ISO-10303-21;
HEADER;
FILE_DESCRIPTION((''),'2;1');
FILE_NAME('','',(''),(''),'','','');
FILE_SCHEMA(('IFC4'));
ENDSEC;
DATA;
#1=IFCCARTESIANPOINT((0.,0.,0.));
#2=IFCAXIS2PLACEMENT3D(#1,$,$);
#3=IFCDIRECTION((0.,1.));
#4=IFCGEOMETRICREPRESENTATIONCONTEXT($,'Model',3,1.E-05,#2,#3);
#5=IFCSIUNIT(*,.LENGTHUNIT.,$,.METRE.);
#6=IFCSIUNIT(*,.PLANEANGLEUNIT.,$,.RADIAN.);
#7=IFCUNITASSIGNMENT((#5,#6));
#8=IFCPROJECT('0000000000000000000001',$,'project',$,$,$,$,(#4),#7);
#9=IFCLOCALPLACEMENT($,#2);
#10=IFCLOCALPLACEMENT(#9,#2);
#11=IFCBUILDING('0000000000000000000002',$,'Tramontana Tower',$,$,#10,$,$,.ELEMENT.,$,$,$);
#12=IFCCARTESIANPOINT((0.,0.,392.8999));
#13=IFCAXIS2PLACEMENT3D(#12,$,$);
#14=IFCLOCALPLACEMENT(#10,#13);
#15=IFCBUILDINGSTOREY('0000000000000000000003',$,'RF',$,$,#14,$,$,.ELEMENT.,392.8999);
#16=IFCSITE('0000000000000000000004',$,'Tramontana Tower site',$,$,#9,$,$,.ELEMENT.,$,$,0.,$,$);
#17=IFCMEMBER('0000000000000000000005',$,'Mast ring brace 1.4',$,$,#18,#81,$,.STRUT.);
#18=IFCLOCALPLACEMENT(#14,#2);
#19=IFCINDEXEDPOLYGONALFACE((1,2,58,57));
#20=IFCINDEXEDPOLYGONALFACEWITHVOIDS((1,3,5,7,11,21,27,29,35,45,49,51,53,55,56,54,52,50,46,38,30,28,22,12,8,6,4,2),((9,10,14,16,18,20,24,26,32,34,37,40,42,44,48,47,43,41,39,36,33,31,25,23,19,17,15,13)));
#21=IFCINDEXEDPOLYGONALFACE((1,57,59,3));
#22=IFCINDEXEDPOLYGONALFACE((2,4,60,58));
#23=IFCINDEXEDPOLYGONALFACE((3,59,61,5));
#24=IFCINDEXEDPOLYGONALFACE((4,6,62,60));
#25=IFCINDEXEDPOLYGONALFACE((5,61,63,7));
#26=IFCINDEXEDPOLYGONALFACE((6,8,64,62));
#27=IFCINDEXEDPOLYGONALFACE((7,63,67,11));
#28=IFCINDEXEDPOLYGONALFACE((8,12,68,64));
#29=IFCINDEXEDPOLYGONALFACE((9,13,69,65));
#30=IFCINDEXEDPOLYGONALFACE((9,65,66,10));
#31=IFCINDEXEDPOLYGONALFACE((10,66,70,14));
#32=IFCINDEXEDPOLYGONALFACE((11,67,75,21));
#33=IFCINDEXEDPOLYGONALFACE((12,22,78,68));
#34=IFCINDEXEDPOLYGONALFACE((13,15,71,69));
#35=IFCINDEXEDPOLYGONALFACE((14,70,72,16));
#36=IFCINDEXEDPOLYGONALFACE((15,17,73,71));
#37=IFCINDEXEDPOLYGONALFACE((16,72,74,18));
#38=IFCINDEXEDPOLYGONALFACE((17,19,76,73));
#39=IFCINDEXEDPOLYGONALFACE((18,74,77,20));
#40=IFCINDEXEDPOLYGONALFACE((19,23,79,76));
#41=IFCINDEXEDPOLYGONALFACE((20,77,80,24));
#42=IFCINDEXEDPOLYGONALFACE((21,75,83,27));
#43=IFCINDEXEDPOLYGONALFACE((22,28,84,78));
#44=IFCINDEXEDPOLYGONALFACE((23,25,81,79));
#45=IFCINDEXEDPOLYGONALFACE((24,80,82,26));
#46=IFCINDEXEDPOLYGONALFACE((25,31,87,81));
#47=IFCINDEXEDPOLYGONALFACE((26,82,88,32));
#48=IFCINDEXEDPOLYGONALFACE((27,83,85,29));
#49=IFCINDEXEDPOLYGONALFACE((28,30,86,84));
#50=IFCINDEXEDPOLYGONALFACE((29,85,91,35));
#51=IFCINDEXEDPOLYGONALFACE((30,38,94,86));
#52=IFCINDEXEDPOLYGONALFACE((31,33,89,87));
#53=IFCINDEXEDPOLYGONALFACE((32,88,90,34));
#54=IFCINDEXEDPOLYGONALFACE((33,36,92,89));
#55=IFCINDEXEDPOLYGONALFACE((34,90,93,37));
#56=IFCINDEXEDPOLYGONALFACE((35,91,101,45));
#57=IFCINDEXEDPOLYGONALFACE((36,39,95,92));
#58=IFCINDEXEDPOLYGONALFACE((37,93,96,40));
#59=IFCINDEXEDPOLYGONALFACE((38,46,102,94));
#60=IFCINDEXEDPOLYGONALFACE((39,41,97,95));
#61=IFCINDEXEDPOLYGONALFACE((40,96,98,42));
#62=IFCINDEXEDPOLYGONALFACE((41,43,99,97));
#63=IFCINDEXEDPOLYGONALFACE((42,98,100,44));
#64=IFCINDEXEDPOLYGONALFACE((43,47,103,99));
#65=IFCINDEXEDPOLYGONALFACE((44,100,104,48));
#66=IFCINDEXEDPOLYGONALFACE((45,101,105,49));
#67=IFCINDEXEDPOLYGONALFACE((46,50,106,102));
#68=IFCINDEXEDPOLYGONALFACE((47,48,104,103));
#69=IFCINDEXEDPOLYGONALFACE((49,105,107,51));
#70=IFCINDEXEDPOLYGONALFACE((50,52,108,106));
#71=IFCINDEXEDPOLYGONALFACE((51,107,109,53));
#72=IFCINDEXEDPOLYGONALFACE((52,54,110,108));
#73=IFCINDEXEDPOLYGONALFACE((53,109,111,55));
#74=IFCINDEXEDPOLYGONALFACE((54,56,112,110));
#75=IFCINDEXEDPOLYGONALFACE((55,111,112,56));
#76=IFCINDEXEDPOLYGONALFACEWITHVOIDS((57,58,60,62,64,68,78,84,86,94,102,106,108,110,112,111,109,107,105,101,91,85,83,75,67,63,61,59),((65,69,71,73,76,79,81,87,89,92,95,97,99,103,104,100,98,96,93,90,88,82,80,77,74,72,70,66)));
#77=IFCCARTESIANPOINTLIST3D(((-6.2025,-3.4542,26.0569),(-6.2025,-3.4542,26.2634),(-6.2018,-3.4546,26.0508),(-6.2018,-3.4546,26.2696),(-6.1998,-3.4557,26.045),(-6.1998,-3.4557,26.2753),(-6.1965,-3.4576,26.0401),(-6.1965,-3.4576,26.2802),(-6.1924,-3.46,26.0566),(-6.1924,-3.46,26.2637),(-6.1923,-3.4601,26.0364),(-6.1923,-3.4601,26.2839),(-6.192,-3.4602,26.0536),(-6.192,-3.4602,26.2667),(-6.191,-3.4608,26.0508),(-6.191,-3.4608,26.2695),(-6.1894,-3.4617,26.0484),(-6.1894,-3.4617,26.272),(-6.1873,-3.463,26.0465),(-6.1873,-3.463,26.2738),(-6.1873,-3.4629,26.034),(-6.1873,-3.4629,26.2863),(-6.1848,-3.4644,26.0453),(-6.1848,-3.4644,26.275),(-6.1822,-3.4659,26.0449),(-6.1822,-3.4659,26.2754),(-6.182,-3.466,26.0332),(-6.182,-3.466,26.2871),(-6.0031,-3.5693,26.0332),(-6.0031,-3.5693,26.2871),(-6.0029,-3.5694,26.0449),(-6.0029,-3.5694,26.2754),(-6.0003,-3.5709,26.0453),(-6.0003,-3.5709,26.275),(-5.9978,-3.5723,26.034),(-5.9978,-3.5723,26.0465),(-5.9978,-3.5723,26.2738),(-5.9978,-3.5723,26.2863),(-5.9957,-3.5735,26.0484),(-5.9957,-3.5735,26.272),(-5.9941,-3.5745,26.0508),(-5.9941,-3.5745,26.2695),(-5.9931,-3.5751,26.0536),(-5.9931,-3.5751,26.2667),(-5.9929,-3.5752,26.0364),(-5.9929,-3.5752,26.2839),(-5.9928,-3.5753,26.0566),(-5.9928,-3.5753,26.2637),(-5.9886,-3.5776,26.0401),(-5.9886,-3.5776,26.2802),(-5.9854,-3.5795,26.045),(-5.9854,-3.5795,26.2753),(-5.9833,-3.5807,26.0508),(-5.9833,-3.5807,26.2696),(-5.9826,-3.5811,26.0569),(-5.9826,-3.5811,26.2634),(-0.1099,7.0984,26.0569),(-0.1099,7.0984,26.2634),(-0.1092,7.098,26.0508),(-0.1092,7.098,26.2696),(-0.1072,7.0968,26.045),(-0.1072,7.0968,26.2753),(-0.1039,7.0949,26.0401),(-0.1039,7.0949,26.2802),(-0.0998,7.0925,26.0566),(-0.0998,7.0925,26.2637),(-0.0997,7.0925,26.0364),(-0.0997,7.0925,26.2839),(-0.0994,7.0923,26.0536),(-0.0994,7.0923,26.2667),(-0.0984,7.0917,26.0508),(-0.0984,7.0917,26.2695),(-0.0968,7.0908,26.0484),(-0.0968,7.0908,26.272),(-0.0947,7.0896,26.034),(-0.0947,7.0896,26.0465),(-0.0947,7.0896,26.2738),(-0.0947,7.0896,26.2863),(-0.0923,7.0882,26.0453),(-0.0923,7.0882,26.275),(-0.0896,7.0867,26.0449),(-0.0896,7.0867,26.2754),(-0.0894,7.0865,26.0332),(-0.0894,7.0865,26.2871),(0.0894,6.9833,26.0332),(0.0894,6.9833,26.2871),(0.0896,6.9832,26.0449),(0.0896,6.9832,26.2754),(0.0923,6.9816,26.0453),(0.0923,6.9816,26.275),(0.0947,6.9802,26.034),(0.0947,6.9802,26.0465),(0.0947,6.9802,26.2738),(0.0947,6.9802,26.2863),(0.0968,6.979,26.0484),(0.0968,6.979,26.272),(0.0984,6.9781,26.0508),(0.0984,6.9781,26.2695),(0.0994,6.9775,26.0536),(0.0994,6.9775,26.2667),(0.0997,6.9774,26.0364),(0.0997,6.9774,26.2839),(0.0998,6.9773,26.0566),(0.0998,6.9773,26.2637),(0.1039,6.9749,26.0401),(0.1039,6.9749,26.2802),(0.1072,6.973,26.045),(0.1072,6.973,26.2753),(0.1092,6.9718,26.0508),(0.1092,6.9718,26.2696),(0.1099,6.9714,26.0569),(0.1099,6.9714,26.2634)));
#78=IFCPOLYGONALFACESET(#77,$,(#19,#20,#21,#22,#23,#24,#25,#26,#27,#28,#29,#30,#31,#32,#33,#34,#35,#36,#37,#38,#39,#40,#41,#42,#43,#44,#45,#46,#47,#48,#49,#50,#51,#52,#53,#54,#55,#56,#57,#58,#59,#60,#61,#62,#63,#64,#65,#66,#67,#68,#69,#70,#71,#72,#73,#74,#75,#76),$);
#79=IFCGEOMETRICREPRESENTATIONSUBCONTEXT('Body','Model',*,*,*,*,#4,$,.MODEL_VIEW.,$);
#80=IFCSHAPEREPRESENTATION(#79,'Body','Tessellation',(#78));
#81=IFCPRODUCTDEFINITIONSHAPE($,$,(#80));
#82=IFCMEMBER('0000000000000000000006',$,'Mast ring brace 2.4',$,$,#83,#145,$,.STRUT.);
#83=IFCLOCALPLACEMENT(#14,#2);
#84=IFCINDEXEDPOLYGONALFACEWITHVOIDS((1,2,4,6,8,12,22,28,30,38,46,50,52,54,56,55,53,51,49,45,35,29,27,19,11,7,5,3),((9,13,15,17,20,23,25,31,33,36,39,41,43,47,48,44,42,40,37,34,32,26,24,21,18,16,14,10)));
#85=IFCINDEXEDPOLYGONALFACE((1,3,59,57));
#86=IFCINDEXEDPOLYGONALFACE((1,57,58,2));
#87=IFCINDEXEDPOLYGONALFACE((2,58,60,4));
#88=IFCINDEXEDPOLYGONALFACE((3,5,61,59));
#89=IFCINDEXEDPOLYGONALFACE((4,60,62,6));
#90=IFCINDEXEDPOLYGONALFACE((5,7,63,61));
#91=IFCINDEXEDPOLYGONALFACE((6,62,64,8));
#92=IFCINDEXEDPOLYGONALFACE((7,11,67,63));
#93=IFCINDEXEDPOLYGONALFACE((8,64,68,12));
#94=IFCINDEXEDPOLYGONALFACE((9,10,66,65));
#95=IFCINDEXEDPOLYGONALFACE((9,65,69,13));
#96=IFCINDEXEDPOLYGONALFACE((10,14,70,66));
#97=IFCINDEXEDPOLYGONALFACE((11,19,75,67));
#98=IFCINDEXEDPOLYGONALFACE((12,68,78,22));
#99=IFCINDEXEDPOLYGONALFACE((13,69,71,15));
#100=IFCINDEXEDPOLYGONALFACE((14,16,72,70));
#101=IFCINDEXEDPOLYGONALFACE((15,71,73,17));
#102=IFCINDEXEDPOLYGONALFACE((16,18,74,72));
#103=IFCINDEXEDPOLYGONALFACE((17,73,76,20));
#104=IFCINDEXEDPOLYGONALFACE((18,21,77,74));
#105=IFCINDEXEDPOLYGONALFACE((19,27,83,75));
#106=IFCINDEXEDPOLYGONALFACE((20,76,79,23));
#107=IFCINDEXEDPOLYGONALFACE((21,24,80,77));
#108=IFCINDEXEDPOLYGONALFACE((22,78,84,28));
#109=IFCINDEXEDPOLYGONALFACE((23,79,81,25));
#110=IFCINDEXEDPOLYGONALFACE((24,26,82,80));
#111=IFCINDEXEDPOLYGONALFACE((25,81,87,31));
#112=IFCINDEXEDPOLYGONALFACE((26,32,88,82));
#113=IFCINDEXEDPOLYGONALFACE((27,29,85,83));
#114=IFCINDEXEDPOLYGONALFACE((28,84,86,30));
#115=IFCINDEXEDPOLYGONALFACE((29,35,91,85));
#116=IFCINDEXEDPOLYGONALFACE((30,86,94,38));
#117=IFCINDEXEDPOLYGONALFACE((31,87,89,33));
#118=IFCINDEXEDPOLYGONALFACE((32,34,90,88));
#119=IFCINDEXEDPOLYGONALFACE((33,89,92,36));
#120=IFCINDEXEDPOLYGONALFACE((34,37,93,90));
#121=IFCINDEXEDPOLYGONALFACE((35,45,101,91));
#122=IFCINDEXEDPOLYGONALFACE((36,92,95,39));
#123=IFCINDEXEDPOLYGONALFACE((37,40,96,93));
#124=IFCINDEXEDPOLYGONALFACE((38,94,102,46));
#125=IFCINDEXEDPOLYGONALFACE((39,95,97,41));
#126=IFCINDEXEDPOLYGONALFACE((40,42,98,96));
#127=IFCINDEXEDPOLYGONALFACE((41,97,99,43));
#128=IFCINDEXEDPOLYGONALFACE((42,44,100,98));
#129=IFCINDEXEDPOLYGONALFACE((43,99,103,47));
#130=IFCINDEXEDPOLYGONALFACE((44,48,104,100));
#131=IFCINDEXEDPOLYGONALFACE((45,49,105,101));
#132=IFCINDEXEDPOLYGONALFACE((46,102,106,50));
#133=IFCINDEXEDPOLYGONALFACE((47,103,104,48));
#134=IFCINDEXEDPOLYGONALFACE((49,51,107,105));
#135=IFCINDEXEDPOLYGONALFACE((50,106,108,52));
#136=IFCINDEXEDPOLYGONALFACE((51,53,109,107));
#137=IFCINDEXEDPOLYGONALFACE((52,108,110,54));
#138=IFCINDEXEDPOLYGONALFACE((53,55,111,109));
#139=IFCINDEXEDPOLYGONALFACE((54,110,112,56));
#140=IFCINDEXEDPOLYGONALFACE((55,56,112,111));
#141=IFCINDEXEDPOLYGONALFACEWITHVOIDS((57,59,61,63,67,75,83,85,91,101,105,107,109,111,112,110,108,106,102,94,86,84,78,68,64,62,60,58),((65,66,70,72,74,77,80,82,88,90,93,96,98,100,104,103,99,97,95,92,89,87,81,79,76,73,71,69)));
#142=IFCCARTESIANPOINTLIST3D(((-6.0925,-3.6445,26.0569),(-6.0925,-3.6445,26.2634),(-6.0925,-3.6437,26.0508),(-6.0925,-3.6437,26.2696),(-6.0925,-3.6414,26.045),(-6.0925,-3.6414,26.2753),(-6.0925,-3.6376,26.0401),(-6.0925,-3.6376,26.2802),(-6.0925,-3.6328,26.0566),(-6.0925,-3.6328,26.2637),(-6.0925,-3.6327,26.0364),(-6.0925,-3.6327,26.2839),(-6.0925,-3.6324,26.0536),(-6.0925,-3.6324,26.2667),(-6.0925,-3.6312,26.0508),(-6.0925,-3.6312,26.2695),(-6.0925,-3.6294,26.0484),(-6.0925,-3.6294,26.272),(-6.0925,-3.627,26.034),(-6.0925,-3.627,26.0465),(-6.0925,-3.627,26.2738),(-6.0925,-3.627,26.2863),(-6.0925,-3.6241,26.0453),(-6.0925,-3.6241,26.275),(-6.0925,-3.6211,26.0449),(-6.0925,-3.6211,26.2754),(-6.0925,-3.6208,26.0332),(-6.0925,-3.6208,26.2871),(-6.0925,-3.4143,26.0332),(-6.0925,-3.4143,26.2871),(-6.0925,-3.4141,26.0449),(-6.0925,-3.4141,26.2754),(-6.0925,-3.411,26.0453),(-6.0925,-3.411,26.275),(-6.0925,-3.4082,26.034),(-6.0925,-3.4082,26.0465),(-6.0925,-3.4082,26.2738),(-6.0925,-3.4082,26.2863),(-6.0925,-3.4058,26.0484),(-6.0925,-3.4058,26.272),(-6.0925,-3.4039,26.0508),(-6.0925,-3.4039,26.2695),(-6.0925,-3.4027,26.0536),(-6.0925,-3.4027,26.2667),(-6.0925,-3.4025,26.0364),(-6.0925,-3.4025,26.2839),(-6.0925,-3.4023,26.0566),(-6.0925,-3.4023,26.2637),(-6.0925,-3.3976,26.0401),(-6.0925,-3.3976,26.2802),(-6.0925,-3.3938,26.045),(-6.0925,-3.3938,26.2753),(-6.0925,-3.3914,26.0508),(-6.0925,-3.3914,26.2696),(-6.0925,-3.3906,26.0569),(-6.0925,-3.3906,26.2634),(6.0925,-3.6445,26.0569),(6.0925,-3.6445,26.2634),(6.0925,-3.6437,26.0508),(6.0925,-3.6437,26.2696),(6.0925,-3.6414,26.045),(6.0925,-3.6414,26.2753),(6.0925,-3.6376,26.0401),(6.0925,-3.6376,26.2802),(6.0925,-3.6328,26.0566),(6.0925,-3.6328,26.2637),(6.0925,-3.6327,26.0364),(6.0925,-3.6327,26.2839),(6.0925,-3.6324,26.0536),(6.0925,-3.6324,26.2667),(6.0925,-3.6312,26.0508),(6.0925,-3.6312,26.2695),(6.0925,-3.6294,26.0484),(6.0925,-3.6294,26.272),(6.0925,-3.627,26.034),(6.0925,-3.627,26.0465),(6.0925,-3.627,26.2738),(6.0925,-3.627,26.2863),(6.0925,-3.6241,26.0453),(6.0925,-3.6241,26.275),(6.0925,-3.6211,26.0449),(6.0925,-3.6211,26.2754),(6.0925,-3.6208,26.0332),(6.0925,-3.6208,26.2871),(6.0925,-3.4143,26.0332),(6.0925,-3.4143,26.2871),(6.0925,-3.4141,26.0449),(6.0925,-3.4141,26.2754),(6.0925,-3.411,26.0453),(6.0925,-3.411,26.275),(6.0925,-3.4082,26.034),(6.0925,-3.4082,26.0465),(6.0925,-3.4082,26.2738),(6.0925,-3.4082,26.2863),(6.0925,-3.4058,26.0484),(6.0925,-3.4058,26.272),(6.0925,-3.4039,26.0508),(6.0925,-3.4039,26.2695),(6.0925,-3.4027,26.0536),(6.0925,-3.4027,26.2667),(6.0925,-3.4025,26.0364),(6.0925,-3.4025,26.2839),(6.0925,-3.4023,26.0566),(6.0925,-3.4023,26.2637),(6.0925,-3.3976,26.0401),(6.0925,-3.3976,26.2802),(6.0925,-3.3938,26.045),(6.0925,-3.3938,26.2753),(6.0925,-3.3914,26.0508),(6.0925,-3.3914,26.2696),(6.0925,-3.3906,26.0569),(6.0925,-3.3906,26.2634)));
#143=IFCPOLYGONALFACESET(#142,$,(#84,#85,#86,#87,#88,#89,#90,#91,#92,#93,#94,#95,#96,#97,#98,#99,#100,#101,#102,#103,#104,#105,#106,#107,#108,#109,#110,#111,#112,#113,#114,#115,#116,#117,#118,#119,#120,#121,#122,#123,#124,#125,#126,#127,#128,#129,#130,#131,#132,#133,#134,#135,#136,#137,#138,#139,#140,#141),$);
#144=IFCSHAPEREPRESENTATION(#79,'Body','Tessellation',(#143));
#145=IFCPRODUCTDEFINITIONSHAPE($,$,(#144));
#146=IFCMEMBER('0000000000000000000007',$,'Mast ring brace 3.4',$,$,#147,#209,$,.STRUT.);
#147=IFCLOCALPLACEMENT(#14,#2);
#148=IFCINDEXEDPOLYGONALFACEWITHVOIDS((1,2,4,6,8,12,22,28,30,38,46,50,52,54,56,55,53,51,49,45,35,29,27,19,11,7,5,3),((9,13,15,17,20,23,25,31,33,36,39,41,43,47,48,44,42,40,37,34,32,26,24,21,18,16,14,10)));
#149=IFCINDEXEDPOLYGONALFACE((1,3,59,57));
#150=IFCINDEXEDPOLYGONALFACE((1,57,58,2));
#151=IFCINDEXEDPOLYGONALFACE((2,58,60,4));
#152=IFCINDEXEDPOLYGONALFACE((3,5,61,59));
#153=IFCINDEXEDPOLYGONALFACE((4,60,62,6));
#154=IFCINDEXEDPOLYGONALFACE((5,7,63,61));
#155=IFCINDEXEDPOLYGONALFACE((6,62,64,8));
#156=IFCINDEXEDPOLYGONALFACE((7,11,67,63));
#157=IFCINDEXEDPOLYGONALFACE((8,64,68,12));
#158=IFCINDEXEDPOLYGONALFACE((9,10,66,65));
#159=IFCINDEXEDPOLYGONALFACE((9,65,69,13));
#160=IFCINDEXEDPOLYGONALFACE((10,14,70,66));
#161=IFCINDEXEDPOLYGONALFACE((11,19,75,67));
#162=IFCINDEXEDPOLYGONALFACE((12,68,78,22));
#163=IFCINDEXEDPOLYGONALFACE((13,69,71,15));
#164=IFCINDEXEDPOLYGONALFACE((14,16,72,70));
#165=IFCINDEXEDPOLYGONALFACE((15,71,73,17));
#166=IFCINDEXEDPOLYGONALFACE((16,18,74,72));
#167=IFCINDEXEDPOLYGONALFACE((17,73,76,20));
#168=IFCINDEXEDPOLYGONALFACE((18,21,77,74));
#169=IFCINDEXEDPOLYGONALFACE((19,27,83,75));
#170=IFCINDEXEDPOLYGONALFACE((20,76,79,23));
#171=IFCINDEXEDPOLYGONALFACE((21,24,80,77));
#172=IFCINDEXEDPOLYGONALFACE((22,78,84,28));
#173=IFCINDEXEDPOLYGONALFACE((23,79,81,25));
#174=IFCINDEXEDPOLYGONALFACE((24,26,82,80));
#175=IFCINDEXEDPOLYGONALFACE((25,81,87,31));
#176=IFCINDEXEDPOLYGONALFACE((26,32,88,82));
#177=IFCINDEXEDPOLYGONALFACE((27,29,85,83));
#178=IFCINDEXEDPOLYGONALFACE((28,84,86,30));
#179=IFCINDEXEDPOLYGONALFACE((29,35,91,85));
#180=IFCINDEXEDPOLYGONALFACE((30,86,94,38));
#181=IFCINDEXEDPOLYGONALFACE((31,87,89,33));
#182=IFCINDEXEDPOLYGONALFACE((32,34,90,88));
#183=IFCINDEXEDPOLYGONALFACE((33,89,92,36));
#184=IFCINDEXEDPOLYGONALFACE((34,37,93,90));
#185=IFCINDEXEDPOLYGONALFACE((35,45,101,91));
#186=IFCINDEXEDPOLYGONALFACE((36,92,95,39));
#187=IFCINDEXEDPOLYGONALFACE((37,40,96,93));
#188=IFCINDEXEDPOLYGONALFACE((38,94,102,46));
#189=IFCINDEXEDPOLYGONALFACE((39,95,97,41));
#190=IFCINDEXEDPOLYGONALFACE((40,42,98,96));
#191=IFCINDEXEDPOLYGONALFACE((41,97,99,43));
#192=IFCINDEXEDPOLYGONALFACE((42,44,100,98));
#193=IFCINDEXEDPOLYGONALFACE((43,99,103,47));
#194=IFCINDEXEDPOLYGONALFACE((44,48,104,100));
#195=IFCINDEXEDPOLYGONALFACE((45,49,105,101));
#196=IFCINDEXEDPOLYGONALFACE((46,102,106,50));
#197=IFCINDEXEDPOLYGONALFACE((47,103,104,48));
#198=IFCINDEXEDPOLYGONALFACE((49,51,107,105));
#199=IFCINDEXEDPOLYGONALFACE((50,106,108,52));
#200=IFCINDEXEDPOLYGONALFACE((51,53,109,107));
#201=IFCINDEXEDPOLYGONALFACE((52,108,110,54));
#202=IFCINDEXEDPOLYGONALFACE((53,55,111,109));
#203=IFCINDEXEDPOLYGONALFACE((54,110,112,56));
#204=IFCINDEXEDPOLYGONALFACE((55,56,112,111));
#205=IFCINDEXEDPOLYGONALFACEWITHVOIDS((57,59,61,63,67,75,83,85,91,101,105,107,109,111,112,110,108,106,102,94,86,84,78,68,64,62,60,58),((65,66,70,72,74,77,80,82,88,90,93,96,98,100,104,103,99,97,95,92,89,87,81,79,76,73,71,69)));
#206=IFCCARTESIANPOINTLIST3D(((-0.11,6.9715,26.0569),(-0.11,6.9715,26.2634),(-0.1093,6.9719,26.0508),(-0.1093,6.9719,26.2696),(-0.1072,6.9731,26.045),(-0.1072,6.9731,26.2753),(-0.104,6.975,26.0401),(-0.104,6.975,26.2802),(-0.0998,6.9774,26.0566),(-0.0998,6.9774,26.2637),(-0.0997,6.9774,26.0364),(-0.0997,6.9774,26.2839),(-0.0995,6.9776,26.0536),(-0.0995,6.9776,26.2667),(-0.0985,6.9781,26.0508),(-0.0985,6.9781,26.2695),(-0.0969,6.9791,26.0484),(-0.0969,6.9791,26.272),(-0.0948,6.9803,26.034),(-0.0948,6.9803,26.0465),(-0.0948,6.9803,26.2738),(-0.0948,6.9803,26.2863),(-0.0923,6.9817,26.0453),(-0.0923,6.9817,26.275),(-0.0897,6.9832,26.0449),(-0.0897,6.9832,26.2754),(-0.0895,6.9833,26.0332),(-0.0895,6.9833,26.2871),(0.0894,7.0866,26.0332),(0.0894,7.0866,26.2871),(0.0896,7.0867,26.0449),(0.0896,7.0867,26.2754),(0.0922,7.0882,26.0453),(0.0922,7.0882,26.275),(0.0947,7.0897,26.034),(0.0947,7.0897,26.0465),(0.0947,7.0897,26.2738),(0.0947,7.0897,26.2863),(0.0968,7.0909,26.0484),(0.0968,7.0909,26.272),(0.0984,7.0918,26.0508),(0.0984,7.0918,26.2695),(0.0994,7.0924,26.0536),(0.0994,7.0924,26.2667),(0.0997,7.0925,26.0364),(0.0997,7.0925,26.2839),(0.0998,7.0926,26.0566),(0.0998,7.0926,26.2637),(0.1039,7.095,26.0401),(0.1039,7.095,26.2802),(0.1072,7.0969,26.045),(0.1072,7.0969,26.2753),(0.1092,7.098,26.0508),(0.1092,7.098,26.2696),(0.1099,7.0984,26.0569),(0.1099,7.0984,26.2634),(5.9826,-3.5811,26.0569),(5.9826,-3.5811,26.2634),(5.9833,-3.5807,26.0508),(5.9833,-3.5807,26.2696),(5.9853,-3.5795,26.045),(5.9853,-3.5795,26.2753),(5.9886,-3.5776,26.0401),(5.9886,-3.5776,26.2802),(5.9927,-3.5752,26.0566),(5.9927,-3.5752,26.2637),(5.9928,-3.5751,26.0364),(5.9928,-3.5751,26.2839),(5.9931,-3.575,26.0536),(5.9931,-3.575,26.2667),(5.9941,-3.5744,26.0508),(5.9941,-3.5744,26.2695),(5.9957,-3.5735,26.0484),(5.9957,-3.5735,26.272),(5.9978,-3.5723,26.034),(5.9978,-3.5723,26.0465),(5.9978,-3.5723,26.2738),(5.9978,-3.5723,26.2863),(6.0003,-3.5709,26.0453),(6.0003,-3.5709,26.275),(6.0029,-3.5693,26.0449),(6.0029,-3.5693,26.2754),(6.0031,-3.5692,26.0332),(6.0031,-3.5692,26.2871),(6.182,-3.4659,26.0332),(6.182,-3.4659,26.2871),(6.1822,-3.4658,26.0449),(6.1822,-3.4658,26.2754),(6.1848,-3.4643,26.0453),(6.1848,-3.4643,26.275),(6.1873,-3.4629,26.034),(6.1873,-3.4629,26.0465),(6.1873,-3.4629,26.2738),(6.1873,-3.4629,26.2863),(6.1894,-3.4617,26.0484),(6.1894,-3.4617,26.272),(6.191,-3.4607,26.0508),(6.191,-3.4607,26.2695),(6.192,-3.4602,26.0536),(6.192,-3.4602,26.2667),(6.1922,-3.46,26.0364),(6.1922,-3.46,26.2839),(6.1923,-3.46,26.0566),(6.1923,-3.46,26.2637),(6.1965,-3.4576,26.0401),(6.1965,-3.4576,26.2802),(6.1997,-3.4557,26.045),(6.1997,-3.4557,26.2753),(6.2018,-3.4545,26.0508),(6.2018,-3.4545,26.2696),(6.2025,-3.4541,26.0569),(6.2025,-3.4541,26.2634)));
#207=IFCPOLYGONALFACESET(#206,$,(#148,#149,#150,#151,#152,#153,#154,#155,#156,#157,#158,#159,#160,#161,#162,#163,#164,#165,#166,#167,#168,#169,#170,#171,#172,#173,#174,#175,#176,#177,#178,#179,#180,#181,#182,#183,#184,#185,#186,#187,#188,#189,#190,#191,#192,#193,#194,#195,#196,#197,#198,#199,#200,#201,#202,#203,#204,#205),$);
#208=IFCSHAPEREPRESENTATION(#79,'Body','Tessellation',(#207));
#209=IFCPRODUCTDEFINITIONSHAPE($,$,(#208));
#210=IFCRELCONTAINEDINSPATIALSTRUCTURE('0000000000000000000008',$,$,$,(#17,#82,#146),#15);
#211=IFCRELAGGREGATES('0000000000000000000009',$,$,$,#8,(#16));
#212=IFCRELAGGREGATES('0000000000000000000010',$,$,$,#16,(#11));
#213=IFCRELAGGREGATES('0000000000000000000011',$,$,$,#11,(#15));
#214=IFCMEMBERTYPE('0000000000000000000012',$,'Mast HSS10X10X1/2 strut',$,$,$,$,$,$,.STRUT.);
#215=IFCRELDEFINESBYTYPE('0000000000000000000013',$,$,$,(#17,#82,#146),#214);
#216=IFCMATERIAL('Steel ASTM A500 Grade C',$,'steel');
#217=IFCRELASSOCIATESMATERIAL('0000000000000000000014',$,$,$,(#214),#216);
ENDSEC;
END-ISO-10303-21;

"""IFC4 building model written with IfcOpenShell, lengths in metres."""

from ifc_helpers import new_model, si_unit, direction, frame, origin, origin_2d, place, context, subcontext, project, spatial, hollow_rectangle, extrude, material, material_profile, profile_set, type_object, element, save


model = new_model("IFC4")

# Units and contexts
model_context = context("Model", 3, precision=1e-05, world=origin(), true_north=direction((0.0, 1.0)))
body_context = subcontext(model_context, "Body", "Model", "MODEL_VIEW")
ifc_project = project(units=[si_unit("LENGTHUNIT", "METRE"), si_unit("PLANEANGLEUNIT", "RADIAN")], contexts=[model_context])

# Site, building, storey
site_placement = place(None, origin())
site = spatial("IfcSite", under=ifc_project, at=site_placement, Name="Tramontana Tower site", CompositionType="ELEMENT", RefElevation=0.0)
building_placement = place(site_placement, origin())
building = spatial("IfcBuilding", under=site, at=building_placement, Name="Tramontana Tower", CompositionType="ELEMENT")
storey_placement = place(building_placement, frame((0.0, 0.0, 392.8999)))
storey = spatial("IfcBuildingStorey", under=building, at=storey_placement, Name="RF", CompositionType="ELEMENT", Elevation=392.8999)

# Members
ifc_material_1 = material(Name="Steel ASTM A500 Grade C", Category="steel")
ifc_material_profile_1 = material_profile(ifc_material_1, hollow_rectangle(XDim=0.2539, YDim=0.2539, WallThickness=0.0117, InnerFilletRadius=0.0117, OuterFilletRadius=0.0237, at=origin_2d()), Name="HSS10X10X1/2")
ifc_profile_set_1 = profile_set([ifc_material_profile_1], Name="Steel ASTM A500 Grade C")
member_type_1 = type_object("IfcMemberType", Name="Mast HSS10X10X1/2 strut", PredefinedType="STRUT", material=ifc_profile_set_1)
for number, where, z_axis, x_axis, name in (
    (1, (0.0, 7.0349, 26.1602), (-0.500003, -0.866024, 0.0), (0.866024, -0.500003, 0.0), "Mast ring brace 1.4"),
    (2, (-6.0925, -3.5176, 26.1602), (1.0, 0.0, 0.0), (0.0, 1.0, 0.0), "Mast ring brace 2.4"),
    (3, (6.0925, -3.5176, 26.1602), (-0.500003, 0.866024, 0.0), (-0.866024, -0.500003, 0.0), "Mast ring brace 3.4"),
):
    element("IfcMember", number, at=place(storey_placement, frame(where, z_axis=z_axis, x_axis=x_axis)), inside=storey, type_object=member_type_1, Name=name, PredefinedType="STRUT", context=body_context, shape_type="SweptSolid", body=[
        extrude(hollow_rectangle(XDim=0.2539, YDim=0.2539, WallThickness=0.0117, InnerFilletRadius=0.0117, OuterFilletRadius=0.0237, at=origin_2d()), origin(), (0.0, 0.0, 1.0), 12.1851),
    ])

save(model, "model.ifc")
